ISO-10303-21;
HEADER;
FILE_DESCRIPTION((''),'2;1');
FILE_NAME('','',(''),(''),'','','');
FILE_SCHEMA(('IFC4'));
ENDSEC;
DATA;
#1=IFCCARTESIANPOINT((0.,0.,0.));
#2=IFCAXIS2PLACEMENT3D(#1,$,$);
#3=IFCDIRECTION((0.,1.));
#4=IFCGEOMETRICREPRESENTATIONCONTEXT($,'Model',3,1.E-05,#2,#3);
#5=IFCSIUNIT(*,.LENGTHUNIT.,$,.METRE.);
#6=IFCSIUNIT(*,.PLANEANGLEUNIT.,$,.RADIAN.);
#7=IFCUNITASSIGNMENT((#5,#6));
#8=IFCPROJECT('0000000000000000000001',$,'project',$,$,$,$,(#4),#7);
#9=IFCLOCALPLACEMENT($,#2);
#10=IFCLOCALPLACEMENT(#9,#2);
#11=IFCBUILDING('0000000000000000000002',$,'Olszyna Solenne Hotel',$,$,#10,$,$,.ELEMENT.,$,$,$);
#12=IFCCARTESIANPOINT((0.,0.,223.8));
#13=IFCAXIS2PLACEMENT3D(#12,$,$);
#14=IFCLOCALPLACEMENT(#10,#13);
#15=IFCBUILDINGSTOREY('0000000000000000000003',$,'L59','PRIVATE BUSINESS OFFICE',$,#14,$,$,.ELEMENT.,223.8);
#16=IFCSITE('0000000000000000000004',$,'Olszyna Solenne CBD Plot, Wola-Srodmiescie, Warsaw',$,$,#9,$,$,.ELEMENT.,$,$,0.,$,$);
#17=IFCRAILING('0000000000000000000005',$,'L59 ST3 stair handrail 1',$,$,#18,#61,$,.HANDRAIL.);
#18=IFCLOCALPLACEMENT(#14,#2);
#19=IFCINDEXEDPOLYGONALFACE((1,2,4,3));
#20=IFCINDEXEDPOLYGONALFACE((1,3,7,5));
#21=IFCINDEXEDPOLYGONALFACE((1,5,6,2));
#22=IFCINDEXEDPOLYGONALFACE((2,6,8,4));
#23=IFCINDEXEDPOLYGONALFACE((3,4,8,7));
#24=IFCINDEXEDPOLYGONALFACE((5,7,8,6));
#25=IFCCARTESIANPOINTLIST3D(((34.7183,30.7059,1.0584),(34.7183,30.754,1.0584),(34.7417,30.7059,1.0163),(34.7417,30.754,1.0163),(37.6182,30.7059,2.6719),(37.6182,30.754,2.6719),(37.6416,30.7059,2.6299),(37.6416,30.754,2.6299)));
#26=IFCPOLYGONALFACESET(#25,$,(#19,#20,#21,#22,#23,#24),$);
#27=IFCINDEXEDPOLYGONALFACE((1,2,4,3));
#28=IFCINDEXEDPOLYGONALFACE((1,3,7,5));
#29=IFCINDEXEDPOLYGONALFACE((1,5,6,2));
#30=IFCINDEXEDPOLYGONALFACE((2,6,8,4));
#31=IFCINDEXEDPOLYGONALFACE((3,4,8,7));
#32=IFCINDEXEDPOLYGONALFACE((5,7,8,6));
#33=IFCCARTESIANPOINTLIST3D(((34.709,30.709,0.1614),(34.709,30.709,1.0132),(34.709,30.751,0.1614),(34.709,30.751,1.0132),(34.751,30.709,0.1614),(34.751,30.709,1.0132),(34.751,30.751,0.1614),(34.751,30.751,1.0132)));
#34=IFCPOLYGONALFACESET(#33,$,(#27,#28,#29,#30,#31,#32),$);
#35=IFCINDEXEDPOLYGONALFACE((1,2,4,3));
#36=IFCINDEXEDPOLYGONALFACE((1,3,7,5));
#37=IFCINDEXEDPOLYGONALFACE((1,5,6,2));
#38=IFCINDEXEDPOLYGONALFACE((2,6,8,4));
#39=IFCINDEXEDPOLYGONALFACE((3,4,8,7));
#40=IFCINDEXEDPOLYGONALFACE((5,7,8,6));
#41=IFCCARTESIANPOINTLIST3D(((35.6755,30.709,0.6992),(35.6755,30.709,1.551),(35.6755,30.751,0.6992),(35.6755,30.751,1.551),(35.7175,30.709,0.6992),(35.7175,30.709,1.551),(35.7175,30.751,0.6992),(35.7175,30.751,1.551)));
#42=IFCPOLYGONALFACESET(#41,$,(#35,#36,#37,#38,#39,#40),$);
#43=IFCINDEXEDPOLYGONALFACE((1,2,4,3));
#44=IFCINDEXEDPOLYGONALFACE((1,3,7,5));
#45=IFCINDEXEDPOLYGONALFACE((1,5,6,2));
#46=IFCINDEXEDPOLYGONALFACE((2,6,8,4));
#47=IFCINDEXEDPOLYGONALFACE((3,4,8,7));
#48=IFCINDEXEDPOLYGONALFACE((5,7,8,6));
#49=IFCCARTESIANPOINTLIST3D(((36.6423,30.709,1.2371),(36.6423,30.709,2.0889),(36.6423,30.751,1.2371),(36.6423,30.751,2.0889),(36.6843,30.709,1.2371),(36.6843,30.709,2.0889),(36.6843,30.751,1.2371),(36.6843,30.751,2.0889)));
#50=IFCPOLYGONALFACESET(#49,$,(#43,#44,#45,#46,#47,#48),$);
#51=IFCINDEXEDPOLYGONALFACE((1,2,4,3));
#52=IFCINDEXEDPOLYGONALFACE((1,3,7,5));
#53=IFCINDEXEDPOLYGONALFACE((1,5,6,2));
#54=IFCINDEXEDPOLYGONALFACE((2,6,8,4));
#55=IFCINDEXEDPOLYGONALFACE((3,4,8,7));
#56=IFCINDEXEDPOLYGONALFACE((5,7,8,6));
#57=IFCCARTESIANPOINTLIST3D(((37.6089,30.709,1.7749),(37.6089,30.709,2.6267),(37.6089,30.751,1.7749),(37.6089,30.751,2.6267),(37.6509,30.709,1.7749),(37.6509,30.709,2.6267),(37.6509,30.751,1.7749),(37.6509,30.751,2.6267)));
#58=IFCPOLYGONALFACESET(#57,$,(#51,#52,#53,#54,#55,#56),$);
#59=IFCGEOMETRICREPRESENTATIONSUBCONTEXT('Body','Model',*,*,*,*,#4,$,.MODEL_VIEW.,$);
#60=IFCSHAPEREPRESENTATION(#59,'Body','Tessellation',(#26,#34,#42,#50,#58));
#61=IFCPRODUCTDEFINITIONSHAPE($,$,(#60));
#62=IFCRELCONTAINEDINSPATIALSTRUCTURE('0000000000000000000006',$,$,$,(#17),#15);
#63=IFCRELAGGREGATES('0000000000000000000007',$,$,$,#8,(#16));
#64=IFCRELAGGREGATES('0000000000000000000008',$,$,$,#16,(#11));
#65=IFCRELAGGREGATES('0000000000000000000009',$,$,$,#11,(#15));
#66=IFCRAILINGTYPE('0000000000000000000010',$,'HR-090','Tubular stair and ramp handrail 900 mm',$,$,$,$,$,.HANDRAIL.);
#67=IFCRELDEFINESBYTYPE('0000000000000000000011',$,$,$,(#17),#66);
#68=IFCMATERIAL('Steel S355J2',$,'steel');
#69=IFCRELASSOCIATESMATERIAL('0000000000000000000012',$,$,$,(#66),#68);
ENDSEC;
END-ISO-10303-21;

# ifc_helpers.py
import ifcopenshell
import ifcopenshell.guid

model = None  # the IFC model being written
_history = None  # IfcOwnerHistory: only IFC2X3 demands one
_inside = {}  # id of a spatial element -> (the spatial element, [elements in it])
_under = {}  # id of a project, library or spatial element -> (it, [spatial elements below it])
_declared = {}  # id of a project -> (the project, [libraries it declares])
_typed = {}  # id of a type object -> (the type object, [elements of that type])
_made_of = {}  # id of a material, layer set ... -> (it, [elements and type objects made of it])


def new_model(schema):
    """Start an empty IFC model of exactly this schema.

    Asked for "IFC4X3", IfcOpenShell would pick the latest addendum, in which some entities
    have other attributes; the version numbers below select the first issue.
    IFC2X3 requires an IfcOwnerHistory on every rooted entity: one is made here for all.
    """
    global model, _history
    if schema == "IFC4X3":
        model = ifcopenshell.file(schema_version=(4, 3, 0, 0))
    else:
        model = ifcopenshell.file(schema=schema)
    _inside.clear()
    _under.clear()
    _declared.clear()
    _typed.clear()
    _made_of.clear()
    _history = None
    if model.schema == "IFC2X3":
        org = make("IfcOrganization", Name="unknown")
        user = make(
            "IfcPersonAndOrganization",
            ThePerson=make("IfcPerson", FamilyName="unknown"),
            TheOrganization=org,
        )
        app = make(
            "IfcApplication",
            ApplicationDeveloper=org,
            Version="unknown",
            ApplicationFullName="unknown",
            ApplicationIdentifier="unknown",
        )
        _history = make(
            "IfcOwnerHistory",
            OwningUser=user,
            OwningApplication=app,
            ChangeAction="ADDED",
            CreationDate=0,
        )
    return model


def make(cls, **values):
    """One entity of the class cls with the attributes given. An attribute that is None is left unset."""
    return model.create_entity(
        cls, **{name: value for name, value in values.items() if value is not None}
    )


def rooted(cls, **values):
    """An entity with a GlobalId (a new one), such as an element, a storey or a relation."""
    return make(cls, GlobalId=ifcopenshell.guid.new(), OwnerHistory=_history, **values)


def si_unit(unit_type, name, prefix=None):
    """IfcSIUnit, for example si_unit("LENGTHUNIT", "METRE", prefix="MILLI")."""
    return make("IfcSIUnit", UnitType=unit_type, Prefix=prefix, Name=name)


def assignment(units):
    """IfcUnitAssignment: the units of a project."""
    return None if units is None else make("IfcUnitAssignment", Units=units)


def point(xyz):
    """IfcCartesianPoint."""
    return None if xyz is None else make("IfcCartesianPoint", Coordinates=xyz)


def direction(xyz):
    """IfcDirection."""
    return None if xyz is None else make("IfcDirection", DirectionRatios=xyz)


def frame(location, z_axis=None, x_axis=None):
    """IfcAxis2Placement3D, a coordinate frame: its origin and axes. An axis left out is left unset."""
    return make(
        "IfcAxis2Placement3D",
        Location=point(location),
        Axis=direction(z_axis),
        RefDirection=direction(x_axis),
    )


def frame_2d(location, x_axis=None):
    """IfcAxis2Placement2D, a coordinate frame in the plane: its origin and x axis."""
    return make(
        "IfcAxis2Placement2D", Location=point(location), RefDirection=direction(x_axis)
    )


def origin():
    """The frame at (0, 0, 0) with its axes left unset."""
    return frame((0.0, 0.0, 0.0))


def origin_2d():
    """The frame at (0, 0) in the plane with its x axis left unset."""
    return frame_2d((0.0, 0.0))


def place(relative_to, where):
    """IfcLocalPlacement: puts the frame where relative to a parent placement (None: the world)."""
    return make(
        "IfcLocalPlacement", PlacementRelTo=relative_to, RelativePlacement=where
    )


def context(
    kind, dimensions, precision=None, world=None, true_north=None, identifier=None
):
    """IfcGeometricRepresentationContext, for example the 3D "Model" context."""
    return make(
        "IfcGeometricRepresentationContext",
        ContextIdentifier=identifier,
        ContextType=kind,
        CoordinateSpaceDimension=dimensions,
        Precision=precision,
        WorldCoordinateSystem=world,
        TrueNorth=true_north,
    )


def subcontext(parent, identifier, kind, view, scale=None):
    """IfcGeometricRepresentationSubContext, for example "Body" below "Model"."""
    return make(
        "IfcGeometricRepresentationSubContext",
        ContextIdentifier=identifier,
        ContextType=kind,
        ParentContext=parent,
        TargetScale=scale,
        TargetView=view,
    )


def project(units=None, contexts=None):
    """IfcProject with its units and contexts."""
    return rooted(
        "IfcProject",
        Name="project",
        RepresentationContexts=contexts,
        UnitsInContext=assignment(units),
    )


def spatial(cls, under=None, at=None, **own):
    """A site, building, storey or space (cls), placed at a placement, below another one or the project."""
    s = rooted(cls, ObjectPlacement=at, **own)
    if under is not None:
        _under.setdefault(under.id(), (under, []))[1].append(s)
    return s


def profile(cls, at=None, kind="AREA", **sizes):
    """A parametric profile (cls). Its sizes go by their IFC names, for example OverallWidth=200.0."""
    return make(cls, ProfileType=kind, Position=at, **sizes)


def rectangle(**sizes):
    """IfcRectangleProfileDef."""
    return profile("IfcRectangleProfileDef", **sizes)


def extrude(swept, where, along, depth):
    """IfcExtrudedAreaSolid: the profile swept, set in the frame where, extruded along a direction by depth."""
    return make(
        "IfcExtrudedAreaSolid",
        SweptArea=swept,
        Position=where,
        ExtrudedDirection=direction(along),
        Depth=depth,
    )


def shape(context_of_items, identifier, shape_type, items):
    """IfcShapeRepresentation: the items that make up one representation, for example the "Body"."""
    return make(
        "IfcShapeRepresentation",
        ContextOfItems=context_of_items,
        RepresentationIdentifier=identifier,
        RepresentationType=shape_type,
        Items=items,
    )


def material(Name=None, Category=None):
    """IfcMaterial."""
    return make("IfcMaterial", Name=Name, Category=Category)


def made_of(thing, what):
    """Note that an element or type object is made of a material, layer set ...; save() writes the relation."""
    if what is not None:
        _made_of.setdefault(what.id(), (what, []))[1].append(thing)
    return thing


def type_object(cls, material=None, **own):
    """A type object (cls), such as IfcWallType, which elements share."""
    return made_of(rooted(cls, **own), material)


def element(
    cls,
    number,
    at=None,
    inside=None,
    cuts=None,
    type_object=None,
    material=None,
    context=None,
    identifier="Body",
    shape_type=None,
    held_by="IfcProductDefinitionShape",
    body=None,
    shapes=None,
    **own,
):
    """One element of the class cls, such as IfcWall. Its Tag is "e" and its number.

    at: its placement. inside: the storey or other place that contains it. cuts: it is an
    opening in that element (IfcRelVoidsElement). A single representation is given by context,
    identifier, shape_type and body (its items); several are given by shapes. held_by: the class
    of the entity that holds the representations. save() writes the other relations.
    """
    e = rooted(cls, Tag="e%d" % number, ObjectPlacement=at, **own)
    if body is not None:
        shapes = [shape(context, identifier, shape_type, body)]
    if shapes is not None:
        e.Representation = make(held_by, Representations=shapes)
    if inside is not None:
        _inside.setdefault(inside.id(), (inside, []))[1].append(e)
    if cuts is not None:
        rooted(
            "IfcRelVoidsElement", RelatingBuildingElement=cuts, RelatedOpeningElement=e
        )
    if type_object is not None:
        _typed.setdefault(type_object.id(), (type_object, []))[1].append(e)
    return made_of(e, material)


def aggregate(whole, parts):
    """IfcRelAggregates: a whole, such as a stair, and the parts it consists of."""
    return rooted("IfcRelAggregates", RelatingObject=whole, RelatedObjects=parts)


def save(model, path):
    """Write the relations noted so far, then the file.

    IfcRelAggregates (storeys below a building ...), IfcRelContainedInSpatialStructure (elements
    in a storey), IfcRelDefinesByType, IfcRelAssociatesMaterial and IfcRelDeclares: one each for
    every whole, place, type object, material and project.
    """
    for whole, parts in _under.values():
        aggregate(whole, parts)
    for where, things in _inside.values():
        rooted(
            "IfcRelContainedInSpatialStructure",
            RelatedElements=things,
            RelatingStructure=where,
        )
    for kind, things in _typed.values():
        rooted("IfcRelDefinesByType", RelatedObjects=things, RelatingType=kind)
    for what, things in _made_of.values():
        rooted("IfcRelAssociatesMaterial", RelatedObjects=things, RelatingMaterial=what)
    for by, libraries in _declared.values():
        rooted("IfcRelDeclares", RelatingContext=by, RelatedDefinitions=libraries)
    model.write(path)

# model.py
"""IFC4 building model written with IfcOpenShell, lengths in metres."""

from ifc_helpers import new_model, si_unit, direction, frame, origin, origin_2d, place, context, subcontext, project, spatial, rectangle, extrude, material, type_object, element, save


model = new_model("IFC4")

# Units and contexts
model_context = context("Model", 3, precision=1e-05, world=origin(), true_north=direction((0.0, 1.0)))
body_context = subcontext(model_context, "Body", "Model", "MODEL_VIEW")
ifc_project = project(units=[si_unit("LENGTHUNIT", "METRE"), si_unit("PLANEANGLEUNIT", "RADIAN")], contexts=[model_context])

# Site, building, storey
site_placement = place(None, origin())
site = spatial("IfcSite", under=ifc_project, at=site_placement, Name="Olszyna Solenne CBD Plot, Wola-Srodmiescie, Warsaw", CompositionType="ELEMENT", RefElevation=0.0)
building_placement = place(site_placement, origin())
building = spatial("IfcBuilding", under=site, at=building_placement, Name="Olszyna Solenne Hotel", CompositionType="ELEMENT")
storey_placement = place(building_placement, frame((0.0, 0.0, 223.8)))
storey = spatial("IfcBuildingStorey", under=building, at=storey_placement, Name="L59", Description="PRIVATE BUSINESS OFFICE", CompositionType="ELEMENT", Elevation=223.8)

# Shared definitions
ifc_material_1 = material(Name="Steel S355J2", Category="steel")

# Railing
railing_type_1 = type_object("IfcRailingType", Name="HR-090", Description="Tubular stair and ramp handrail 900 mm", PredefinedType="HANDRAIL", material=ifc_material_1)
railing_1_placement = place(storey_placement, frame((34.73, 30.73, 0.1614)))
element("IfcRailing", 1, at=railing_1_placement, inside=storey, type_object=railing_type_1, Name="L59 ST3 stair handrail 1", PredefinedType="HANDRAIL", context=body_context, shape_type="SweptSolid", body=[
    extrude(rectangle(XDim=0.0481, YDim=0.0481, at=origin_2d()), frame((0.0, 0.0, 0.876), z_axis=(0.873841, 0.0, 0.486211), x_axis=(0.0, 1.0, 0.0)), (0.0, 0.0, 1.0), 3.3186),
    extrude(rectangle(XDim=0.042, YDim=0.042, at=origin_2d()), origin(), (0.0, 0.0, 1.0), 0.8518),
    extrude(rectangle(XDim=0.042, YDim=0.042, at=origin_2d()), frame((0.9666, 0.0, 0.5378)), (0.0, 0.0, 1.0), 0.8518),
    extrude(rectangle(XDim=0.042, YDim=0.042, at=origin_2d()), frame((1.9333, 0.0, 1.0757)), (0.0, 0.0, 1.0), 0.8518),
    extrude(rectangle(XDim=0.042, YDim=0.042, at=origin_2d()), frame((2.8999, 0.0, 1.6135)), (0.0, 0.0, 1.0), 0.8518),
])

save(model, "model.ifc")
